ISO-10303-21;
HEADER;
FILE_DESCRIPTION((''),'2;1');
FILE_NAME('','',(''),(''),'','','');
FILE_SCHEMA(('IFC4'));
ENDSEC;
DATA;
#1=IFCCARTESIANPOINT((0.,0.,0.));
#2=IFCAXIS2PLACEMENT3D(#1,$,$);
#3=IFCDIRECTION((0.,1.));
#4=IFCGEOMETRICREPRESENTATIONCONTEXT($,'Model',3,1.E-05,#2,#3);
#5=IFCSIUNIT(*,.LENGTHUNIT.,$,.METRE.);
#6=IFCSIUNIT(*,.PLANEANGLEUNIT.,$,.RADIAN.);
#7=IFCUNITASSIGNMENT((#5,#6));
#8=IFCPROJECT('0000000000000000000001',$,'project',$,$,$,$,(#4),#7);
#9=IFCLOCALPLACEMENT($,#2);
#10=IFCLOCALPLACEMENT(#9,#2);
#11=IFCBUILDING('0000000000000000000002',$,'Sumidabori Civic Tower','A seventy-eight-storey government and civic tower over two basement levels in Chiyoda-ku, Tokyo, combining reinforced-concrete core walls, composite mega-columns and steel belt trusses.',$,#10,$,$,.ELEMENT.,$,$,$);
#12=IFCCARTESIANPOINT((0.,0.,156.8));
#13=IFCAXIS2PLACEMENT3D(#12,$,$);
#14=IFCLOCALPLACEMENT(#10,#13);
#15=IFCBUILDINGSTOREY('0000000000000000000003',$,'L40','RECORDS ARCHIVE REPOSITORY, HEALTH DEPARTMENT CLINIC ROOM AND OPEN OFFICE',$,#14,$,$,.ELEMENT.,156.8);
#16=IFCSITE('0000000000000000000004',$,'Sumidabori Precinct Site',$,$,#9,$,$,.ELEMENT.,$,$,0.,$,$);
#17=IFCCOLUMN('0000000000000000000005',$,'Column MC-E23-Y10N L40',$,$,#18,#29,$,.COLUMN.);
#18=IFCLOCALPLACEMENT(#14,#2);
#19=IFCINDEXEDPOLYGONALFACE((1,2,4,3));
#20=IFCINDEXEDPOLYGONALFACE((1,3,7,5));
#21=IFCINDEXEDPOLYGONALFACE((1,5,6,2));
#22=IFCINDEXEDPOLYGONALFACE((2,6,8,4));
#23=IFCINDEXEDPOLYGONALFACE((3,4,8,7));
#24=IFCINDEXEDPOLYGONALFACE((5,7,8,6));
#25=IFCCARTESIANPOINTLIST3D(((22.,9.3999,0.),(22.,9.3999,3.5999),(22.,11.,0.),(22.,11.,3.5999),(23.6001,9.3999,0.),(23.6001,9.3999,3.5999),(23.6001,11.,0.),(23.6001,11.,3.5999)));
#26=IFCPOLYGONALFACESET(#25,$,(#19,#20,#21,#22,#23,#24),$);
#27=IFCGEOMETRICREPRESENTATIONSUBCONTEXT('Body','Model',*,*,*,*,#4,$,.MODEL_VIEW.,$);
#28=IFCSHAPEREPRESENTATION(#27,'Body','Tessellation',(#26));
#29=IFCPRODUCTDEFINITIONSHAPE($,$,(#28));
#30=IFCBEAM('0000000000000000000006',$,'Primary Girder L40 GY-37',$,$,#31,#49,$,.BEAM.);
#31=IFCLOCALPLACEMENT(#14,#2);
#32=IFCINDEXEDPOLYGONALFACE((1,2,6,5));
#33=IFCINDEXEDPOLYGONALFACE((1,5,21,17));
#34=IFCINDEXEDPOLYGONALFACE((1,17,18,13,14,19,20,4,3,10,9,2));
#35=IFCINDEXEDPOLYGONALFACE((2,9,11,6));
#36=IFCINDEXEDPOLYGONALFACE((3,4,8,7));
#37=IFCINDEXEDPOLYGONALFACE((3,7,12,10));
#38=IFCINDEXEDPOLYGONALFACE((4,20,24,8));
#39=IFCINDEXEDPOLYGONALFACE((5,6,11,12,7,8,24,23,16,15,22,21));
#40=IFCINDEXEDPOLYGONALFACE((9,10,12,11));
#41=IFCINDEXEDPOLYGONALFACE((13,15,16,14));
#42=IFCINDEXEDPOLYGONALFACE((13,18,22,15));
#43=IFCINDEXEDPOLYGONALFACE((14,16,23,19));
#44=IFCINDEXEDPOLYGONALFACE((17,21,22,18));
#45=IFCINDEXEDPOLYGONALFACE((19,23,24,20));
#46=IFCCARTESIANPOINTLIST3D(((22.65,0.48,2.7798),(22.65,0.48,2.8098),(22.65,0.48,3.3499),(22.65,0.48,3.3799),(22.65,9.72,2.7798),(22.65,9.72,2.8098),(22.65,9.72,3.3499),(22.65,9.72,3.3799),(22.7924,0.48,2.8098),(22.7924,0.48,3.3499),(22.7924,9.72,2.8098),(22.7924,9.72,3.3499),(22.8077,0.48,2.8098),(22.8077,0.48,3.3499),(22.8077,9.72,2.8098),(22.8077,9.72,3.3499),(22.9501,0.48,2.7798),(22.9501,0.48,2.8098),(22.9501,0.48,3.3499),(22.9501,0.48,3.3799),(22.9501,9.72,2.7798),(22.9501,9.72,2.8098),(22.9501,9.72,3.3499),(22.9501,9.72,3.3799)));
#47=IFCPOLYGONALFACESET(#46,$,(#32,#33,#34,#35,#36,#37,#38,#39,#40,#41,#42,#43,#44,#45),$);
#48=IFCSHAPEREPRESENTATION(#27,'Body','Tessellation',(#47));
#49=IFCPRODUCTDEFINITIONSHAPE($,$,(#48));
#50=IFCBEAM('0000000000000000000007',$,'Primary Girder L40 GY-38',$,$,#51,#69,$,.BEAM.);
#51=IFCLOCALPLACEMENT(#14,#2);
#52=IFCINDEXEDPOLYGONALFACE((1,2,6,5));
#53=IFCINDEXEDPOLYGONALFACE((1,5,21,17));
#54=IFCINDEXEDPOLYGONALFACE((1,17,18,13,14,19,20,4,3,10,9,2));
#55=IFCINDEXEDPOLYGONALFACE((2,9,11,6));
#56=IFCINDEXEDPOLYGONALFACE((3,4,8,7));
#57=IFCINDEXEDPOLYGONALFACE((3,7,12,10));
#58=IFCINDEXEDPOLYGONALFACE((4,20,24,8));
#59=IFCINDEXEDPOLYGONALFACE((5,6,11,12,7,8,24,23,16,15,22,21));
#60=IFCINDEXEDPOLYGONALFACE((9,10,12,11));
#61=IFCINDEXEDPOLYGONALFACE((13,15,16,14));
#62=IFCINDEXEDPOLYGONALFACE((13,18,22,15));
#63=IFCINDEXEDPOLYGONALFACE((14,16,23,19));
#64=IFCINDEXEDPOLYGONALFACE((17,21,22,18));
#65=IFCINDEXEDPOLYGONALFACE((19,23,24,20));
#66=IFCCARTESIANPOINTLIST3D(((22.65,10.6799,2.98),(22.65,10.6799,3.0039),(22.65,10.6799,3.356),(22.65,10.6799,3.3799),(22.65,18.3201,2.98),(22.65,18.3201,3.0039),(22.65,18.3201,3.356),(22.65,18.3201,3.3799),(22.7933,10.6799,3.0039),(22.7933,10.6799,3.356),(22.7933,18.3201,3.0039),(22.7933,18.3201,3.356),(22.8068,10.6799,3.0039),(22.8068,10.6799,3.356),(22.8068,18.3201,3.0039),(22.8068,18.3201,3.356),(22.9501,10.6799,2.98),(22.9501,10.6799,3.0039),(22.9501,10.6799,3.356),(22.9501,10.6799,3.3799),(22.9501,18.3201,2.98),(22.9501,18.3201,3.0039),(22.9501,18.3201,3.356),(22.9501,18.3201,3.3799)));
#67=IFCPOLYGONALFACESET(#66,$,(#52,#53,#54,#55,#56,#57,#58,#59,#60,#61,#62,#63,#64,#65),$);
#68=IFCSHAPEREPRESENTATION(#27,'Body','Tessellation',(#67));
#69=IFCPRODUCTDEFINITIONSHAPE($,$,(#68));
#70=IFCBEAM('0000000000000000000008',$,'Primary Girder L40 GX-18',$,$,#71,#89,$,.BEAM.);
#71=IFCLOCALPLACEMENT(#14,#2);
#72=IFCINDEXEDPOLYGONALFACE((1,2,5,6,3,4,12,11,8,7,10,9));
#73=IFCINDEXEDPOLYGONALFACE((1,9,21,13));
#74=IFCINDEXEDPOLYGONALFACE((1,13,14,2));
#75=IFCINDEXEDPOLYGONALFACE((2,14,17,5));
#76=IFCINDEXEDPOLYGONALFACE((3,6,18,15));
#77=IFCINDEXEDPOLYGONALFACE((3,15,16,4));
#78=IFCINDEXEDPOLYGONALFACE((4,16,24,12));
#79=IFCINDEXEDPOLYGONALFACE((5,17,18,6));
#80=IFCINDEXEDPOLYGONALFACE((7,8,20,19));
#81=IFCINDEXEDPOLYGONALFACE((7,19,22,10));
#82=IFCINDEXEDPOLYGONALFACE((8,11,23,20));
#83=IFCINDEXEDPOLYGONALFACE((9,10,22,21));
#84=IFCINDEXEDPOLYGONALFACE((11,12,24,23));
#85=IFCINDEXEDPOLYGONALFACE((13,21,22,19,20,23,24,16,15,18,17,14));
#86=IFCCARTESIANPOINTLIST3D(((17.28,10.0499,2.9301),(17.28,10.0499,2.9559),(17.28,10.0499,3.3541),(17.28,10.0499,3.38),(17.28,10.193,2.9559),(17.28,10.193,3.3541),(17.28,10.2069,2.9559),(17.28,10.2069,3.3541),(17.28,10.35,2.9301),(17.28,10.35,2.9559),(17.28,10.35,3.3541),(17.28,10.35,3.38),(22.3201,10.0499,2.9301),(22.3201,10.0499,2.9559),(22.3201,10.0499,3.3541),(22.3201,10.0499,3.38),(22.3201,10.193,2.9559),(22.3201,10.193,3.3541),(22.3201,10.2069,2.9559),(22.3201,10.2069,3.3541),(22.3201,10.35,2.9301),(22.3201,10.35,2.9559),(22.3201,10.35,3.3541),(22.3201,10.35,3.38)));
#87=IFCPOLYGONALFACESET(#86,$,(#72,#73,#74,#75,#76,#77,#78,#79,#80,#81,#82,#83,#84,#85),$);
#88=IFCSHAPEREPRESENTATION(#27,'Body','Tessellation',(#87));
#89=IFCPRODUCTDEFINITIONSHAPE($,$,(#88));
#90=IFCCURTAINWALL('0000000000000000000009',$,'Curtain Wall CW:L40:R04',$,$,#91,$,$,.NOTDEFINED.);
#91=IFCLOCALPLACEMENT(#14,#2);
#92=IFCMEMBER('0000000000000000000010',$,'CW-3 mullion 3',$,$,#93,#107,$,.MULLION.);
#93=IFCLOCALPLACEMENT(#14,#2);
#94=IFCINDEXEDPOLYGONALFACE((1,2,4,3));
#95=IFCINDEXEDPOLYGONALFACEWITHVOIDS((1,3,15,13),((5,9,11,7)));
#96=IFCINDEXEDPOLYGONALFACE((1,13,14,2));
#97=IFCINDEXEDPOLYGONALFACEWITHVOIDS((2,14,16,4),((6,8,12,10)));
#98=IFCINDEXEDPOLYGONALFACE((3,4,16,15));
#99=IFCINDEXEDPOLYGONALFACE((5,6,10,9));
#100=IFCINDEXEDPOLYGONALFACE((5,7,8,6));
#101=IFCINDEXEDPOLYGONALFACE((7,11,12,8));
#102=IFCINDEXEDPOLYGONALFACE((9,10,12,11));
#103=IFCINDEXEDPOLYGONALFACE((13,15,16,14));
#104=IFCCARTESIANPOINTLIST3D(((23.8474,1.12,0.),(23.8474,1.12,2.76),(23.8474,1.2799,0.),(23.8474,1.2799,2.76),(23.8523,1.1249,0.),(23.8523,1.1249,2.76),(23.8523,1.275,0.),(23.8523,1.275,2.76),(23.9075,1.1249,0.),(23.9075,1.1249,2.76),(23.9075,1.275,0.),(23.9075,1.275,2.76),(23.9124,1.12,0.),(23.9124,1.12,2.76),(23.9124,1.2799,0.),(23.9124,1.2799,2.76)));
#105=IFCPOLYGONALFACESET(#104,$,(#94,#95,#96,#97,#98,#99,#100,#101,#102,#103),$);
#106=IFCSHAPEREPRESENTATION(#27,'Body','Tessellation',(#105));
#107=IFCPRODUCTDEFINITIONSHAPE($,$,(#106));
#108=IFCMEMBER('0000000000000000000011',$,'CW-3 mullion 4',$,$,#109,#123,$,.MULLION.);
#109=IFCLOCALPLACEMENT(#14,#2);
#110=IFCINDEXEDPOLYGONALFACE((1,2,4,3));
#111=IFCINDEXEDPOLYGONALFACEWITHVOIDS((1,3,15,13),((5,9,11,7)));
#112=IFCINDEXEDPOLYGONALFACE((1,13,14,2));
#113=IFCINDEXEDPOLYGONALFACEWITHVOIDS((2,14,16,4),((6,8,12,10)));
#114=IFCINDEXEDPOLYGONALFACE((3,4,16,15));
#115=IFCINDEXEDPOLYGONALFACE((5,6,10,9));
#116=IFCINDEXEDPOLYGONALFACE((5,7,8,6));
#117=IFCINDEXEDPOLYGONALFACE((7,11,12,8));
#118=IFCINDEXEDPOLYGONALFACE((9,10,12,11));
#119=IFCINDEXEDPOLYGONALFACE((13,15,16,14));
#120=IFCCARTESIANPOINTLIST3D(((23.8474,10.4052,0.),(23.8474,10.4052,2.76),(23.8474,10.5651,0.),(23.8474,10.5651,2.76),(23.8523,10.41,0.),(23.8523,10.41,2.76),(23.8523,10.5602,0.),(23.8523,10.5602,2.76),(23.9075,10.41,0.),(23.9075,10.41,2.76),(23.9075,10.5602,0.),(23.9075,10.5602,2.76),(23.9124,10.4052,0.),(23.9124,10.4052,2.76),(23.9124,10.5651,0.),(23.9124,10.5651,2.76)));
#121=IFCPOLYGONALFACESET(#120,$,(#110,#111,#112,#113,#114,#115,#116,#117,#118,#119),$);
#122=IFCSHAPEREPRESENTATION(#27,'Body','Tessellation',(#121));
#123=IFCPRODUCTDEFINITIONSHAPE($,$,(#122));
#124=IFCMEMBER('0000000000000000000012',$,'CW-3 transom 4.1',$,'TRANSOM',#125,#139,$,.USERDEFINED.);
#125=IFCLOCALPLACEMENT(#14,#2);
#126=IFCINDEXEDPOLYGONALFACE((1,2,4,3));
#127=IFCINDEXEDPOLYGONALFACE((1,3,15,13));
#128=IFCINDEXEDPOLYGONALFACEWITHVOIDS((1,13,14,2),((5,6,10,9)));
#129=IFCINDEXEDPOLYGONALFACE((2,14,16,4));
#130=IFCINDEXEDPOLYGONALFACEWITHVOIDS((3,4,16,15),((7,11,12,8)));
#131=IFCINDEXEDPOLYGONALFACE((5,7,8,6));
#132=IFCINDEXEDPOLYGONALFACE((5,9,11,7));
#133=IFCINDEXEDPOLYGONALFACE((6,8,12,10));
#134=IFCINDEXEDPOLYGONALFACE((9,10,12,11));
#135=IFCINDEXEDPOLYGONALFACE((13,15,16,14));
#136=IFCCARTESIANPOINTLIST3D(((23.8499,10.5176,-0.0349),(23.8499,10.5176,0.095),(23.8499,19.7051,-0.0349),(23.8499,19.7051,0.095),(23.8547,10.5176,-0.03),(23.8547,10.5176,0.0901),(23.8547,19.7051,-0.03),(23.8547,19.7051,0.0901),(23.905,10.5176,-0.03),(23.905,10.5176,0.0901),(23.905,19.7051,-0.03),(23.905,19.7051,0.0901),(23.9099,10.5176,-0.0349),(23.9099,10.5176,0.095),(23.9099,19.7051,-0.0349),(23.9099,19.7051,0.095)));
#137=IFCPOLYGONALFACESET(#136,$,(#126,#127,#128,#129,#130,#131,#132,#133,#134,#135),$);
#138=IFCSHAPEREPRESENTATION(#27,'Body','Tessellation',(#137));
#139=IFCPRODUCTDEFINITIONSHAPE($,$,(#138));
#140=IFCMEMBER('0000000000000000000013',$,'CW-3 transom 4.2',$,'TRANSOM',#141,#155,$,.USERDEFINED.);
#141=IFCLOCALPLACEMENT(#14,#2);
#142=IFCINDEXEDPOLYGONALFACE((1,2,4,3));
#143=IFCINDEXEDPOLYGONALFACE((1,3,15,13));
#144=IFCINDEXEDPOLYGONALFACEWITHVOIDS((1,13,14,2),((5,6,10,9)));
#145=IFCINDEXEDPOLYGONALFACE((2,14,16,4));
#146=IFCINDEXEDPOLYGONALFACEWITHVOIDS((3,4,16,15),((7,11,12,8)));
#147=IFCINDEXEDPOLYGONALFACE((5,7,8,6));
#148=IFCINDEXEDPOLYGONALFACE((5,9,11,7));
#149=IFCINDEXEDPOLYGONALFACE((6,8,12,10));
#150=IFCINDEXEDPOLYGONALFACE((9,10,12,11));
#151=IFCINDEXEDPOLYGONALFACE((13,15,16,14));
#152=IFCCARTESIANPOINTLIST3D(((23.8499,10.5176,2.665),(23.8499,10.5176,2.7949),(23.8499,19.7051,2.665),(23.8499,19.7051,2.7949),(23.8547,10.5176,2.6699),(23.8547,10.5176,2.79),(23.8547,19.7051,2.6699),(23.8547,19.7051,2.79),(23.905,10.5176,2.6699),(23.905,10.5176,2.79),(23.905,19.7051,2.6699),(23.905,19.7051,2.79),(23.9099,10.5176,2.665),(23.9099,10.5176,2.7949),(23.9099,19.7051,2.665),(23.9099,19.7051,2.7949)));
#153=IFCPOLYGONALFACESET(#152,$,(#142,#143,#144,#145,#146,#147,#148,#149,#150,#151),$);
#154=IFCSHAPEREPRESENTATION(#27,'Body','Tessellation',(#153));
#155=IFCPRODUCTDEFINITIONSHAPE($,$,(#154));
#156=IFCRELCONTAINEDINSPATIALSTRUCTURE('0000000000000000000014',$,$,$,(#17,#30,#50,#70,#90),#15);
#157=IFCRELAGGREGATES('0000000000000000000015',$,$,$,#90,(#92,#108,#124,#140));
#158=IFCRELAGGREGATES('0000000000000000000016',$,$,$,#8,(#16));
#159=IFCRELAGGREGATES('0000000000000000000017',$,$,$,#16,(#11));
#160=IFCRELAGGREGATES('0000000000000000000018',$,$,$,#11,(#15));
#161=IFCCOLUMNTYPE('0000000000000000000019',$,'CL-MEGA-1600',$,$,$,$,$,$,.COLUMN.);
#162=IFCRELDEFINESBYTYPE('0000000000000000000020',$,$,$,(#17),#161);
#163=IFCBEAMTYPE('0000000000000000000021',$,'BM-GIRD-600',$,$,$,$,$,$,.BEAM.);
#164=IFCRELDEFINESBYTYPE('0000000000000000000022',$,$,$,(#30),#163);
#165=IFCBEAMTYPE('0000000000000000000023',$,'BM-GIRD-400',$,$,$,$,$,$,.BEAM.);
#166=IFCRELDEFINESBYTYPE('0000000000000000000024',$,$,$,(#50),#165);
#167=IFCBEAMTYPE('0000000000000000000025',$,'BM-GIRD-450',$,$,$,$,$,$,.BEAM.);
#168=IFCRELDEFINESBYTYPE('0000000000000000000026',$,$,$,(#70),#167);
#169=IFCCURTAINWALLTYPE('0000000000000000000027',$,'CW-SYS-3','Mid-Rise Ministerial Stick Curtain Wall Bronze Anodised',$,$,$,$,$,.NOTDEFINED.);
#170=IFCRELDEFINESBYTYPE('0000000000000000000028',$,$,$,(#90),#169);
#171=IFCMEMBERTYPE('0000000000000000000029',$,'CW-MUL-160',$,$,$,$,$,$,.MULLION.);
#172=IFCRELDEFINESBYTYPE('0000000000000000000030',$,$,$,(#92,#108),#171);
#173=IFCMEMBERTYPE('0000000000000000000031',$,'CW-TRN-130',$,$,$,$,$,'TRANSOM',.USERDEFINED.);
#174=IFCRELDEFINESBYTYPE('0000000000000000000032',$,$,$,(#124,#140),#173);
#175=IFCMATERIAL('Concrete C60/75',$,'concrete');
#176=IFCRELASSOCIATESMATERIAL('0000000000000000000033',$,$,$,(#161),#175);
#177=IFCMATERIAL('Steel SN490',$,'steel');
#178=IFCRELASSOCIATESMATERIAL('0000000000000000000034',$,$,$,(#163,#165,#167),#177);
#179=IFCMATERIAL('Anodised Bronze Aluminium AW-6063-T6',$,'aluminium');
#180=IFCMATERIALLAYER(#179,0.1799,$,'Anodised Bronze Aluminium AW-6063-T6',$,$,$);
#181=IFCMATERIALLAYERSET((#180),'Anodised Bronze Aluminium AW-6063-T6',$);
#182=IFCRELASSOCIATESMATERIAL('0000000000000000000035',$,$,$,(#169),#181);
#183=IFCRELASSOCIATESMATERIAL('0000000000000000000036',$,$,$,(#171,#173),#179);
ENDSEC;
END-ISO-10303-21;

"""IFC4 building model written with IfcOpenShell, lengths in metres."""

from ifc_helpers import new_model, si_unit, direction, frame, origin, origin_2d, place, context, subcontext, project, spatial, rectangle, hollow_rectangle, i_section, extrude, source, transform, mapped, material, layer, layer_set, material_profile, profile_set, type_object, element, aggregate, save


model = new_model("IFC4")

# Units and contexts
model_context = context("Model", 3, precision=1e-05, world=origin(), true_north=direction((0.0, 1.0)))
body_context = subcontext(model_context, "Body", "Model", "MODEL_VIEW")
ifc_project = project(units=[si_unit("LENGTHUNIT", "METRE"), si_unit("PLANEANGLEUNIT", "RADIAN")], contexts=[model_context])

# Site, building, storey
site_placement = place(None, origin())
site = spatial("IfcSite", under=ifc_project, at=site_placement, Name="Sumidabori Precinct Site", CompositionType="ELEMENT", RefElevation=0.0)
building_placement = place(site_placement, origin())
building = spatial("IfcBuilding", under=site, at=building_placement, Name="Sumidabori Civic Tower", Description="A seventy-eight-storey government and civic tower over two basement levels in Chiyoda-ku, Tokyo, combining reinforced-concrete core walls, composite mega-columns and steel belt trusses.", CompositionType="ELEMENT")
storey_placement = place(building_placement, frame((0.0, 0.0, 156.8)))
storey = spatial("IfcBuildingStorey", under=building, at=storey_placement, Name="L40", Description="RECORDS ARCHIVE REPOSITORY, HEALTH DEPARTMENT CLINIC ROOM AND OPEN OFFICE", CompositionType="ELEMENT", Elevation=156.8)

# Column
ifc_material_1 = material(Name="Concrete C60/75", Category="concrete")
ifc_material_profile_1 = material_profile(ifc_material_1, rectangle(XDim=1.6001, YDim=1.6001, at=origin_2d()), Name="RC 1600x1600")
ifc_profile_set_1 = profile_set([ifc_material_profile_1], Name="Concrete C60/75")
column_type = type_object("IfcColumnType", Name="CL-MEGA-1600", PredefinedType="COLUMN", material=ifc_profile_set_1)
shared_shape_1 = source(origin(), body_context, "Body", "SweptSolid", [
    extrude(rectangle(XDim=1.6001, YDim=1.6001, at=origin_2d()), origin(), (0.0, 0.0, 1.0), 3.5999),
])
column_placement = place(storey_placement, frame((22.8, 10.2, 0.0), z_axis=(0.0, 0.0, 1.0), x_axis=(1.0, 0.0, 0.0)))
element("IfcColumn", 1, at=column_placement, inside=storey, type_object=column_type, Name="Column MC-E23-Y10N L40", PredefinedType="COLUMN", context=body_context, shape_type="MappedRepresentation", body=[
    mapped(shared_shape_1, transform((0.0, 0.0, 0.0), x_axis=(1.0, 0.0, 0.0), y_axis=(0.0, 1.0, 0.0), z_axis=(0.0, 0.0, 1.0), scale=1.0)),
])

# Beams
ifc_material_2 = material(Name="Steel SN490", Category="steel")
ifc_material_profile_2 = material_profile(ifc_material_2, i_section(OverallWidth=0.3, OverallDepth=0.6001, WebThickness=0.0154, FlangeThickness=0.03, at=origin_2d()), Name="HE 600 B")
ifc_profile_set_2 = profile_set([ifc_material_profile_2], Name="Steel SN490")
beam_type_1 = type_object("IfcBeamType", Name="BM-GIRD-600", PredefinedType="BEAM", material=ifc_profile_set_2)
shared_shape_2 = source(origin(), body_context, "Body", "SweptSolid", [
    extrude(i_section(OverallWidth=0.3, OverallDepth=0.6001, WebThickness=0.0154, FlangeThickness=0.03, at=origin_2d()), origin(), (0.0, 0.0, 1.0), 9.24),
])
beam_1_placement = place(storey_placement, frame((22.8, 0.48, 3.0798), z_axis=(0.0, 1.0, 0.0), x_axis=(-1.0, 0.0, 0.0)))
element("IfcBeam", 2, at=beam_1_placement, inside=storey, type_object=beam_type_1, Name="Primary Girder L40 GY-37", PredefinedType="BEAM", context=body_context, shape_type="MappedRepresentation", body=[
    mapped(shared_shape_2, transform((0.0, 0.0, 0.0), x_axis=(1.0, 0.0, 0.0), y_axis=(0.0, 1.0, 0.0), z_axis=(0.0, 0.0, 1.0), scale=1.0)),
])
ifc_material_profile_3 = material_profile(ifc_material_2, i_section(OverallWidth=0.3, OverallDepth=0.3999, WebThickness=0.0134, FlangeThickness=0.0239, at=origin_2d()), Name="HE 400 B")
ifc_profile_set_3 = profile_set([ifc_material_profile_3], Name="Steel SN490")
beam_type_2 = type_object("IfcBeamType", Name="BM-GIRD-400", PredefinedType="BEAM", material=ifc_profile_set_3)
shared_shape_3 = source(origin(), body_context, "Body", "SweptSolid", [
    extrude(i_section(OverallWidth=0.3, OverallDepth=0.3999, WebThickness=0.0134, FlangeThickness=0.0239, at=origin_2d()), origin(), (0.0, 0.0, 1.0), 7.6401),
])
beam_2_placement = place(storey_placement, frame((22.8, 10.6799, 3.1799), z_axis=(0.0, 1.0, 0.0), x_axis=(-1.0, 0.0, 0.0)))
element("IfcBeam", 3, at=beam_2_placement, inside=storey, type_object=beam_type_2, Name="Primary Girder L40 GY-38", PredefinedType="BEAM", context=body_context, shape_type="MappedRepresentation", body=[
    mapped(shared_shape_3, transform((0.0, 0.0, 0.0), x_axis=(1.0, 0.0, 0.0), y_axis=(0.0, 1.0, 0.0), z_axis=(0.0, 0.0, 1.0), scale=1.0)),
])
ifc_material_profile_4 = material_profile(ifc_material_2, i_section(OverallWidth=0.3, OverallDepth=0.45, WebThickness=0.0139, FlangeThickness=0.0259, at=origin_2d()), Name="HE 450 B")
ifc_profile_set_4 = profile_set([ifc_material_profile_4], Name="Steel SN490")
beam_type_3 = type_object("IfcBeamType", Name="BM-GIRD-450", PredefinedType="BEAM", material=ifc_profile_set_4)
shared_shape_4 = source(origin(), body_context, "Body", "SweptSolid", [
    extrude(i_section(OverallWidth=0.3, OverallDepth=0.45, WebThickness=0.0139, FlangeThickness=0.0259, at=origin_2d()), origin(), (0.0, 0.0, 1.0), 5.04),
])
beam_3_placement = place(storey_placement, frame((17.28, 10.2, 3.155), z_axis=(1.0, 0.0, 0.0), x_axis=(0.0, 1.0, 0.0)))
element("IfcBeam", 4, at=beam_3_placement, inside=storey, type_object=beam_type_3, Name="Primary Girder L40 GX-18", PredefinedType="BEAM", context=body_context, shape_type="MappedRepresentation", body=[
    mapped(shared_shape_4, transform((0.0, 0.0, 0.0), x_axis=(1.0, 0.0, 0.0), y_axis=(0.0, 1.0, 0.0), z_axis=(0.0, 0.0, 1.0), scale=1.0)),
])

# Curtain wall, members
ifc_material_3 = material(Name="Anodised Bronze Aluminium AW-6063-T6", Category="aluminium")
ifc_layer_1 = layer(ifc_material_3, 0.1799, Name="Anodised Bronze Aluminium AW-6063-T6")
ifc_layer_set_1 = layer_set([ifc_layer_1], Name="Anodised Bronze Aluminium AW-6063-T6")
curtain_wall_type = type_object("IfcCurtainWallType", Name="CW-SYS-3", Description="Mid-Rise Ministerial Stick Curtain Wall Bronze Anodised", PredefinedType="NOTDEFINED", material=ifc_layer_set_1)
curtain_wall_placement = place(storey_placement, origin())
curtain_wall = element("IfcCurtainWall", 5, at=curtain_wall_placement, inside=storey, type_object=curtain_wall_type, Name="Curtain Wall CW:L40:R04", PredefinedType="NOTDEFINED")
ifc_material_profile_5 = material_profile(ifc_material_3, hollow_rectangle(XDim=0.0649, YDim=0.1599, WallThickness=0.0049, at=origin_2d()), Name="ALU MULLION 160x65")
ifc_profile_set_5 = profile_set([ifc_material_profile_5], Name="Anodised Bronze Aluminium AW-6063-T6")
member_type_1 = type_object("IfcMemberType", Name="CW-MUL-160", PredefinedType="MULLION", material=ifc_profile_set_5)
shared_shape_5 = source(origin(), body_context, "Body", "SweptSolid", [
    extrude(hollow_rectangle(XDim=0.0649, YDim=0.1599, WallThickness=0.0049, at=origin_2d()), origin(), (0.0, 0.0, 1.0), 2.76),
])
member_1_placement = place(storey_placement, frame((23.8799, 1.2, 0.0), z_axis=(0.0, 0.0, 1.0), x_axis=(-1.0, 0.0, 0.0)))
member_1 = element("IfcMember", 6, at=member_1_placement, type_object=member_type_1, Name="CW-3 mullion 3", PredefinedType="MULLION", context=body_context, shape_type="MappedRepresentation", body=[
    mapped(shared_shape_5, transform((0.0, 0.0, 0.0), x_axis=(1.0, 0.0, 0.0), y_axis=(0.0, 1.0, 0.0), z_axis=(0.0, 0.0, 1.0), scale=1.0)),
])
member_2_placement = place(storey_placement, frame((23.8799, 10.4851, 0.0), z_axis=(0.0, 0.0, 1.0), x_axis=(-1.0, 0.0, 0.0)))
member_2 = element("IfcMember", 7, at=member_2_placement, type_object=member_type_1, Name="CW-3 mullion 4", PredefinedType="MULLION", context=body_context, shape_type="MappedRepresentation", body=[
    mapped(shared_shape_5, transform((0.0, 0.0, 0.0), x_axis=(1.0, 0.0, 0.0), y_axis=(0.0, 1.0, 0.0), z_axis=(0.0, 0.0, 1.0), scale=1.0)),
])
ifc_material_profile_6 = material_profile(ifc_material_3, hollow_rectangle(XDim=0.0601, YDim=0.1299, WallThickness=0.0049, at=origin_2d()), Name="ALU TRANSOM 130x60")
ifc_profile_set_6 = profile_set([ifc_material_profile_6], Name="Anodised Bronze Aluminium AW-6063-T6")
member_type_2 = type_object("IfcMemberType", Name="CW-TRN-130", ElementType="TRANSOM", PredefinedType="USERDEFINED", material=ifc_profile_set_6)
shared_shape_6 = source(origin(), body_context, "Body", "SweptSolid", [
    extrude(hollow_rectangle(XDim=0.0601, YDim=0.1299, WallThickness=0.0049, at=origin_2d()), origin(), (0.0, 0.0, 1.0), 9.1875),
])
member_3_placement = place(storey_placement, frame((23.8799, 10.5176, 0.03), z_axis=(0.0, 1.0, 0.0), x_axis=(-1.0, 0.0, 0.0)))
member_3 = element("IfcMember", 8, at=member_3_placement, type_object=member_type_2, Name="CW-3 transom 4.1", ObjectType="TRANSOM", PredefinedType="USERDEFINED", context=body_context, shape_type="MappedRepresentation", body=[
    mapped(shared_shape_6, transform((0.0, 0.0, 0.0), x_axis=(1.0, 0.0, 0.0), y_axis=(0.0, 1.0, 0.0), z_axis=(0.0, 0.0, 1.0), scale=1.0)),
])
member_4_placement = place(storey_placement, frame((23.8799, 10.5176, 2.73), z_axis=(0.0, 1.0, 0.0), x_axis=(-1.0, 0.0, 0.0)))
member_4 = element("IfcMember", 9, at=member_4_placement, type_object=member_type_2, Name="CW-3 transom 4.2", ObjectType="TRANSOM", PredefinedType="USERDEFINED", context=body_context, shape_type="MappedRepresentation", body=[
    mapped(shared_shape_6, transform((0.0, 0.0, 0.0), x_axis=(1.0, 0.0, 0.0), y_axis=(0.0, 1.0, 0.0), z_axis=(0.0, 0.0, 1.0), scale=1.0)),
])
aggregate(curtain_wall, [member_1, member_2, member_3, member_4])

save(model, "model.ifc")
